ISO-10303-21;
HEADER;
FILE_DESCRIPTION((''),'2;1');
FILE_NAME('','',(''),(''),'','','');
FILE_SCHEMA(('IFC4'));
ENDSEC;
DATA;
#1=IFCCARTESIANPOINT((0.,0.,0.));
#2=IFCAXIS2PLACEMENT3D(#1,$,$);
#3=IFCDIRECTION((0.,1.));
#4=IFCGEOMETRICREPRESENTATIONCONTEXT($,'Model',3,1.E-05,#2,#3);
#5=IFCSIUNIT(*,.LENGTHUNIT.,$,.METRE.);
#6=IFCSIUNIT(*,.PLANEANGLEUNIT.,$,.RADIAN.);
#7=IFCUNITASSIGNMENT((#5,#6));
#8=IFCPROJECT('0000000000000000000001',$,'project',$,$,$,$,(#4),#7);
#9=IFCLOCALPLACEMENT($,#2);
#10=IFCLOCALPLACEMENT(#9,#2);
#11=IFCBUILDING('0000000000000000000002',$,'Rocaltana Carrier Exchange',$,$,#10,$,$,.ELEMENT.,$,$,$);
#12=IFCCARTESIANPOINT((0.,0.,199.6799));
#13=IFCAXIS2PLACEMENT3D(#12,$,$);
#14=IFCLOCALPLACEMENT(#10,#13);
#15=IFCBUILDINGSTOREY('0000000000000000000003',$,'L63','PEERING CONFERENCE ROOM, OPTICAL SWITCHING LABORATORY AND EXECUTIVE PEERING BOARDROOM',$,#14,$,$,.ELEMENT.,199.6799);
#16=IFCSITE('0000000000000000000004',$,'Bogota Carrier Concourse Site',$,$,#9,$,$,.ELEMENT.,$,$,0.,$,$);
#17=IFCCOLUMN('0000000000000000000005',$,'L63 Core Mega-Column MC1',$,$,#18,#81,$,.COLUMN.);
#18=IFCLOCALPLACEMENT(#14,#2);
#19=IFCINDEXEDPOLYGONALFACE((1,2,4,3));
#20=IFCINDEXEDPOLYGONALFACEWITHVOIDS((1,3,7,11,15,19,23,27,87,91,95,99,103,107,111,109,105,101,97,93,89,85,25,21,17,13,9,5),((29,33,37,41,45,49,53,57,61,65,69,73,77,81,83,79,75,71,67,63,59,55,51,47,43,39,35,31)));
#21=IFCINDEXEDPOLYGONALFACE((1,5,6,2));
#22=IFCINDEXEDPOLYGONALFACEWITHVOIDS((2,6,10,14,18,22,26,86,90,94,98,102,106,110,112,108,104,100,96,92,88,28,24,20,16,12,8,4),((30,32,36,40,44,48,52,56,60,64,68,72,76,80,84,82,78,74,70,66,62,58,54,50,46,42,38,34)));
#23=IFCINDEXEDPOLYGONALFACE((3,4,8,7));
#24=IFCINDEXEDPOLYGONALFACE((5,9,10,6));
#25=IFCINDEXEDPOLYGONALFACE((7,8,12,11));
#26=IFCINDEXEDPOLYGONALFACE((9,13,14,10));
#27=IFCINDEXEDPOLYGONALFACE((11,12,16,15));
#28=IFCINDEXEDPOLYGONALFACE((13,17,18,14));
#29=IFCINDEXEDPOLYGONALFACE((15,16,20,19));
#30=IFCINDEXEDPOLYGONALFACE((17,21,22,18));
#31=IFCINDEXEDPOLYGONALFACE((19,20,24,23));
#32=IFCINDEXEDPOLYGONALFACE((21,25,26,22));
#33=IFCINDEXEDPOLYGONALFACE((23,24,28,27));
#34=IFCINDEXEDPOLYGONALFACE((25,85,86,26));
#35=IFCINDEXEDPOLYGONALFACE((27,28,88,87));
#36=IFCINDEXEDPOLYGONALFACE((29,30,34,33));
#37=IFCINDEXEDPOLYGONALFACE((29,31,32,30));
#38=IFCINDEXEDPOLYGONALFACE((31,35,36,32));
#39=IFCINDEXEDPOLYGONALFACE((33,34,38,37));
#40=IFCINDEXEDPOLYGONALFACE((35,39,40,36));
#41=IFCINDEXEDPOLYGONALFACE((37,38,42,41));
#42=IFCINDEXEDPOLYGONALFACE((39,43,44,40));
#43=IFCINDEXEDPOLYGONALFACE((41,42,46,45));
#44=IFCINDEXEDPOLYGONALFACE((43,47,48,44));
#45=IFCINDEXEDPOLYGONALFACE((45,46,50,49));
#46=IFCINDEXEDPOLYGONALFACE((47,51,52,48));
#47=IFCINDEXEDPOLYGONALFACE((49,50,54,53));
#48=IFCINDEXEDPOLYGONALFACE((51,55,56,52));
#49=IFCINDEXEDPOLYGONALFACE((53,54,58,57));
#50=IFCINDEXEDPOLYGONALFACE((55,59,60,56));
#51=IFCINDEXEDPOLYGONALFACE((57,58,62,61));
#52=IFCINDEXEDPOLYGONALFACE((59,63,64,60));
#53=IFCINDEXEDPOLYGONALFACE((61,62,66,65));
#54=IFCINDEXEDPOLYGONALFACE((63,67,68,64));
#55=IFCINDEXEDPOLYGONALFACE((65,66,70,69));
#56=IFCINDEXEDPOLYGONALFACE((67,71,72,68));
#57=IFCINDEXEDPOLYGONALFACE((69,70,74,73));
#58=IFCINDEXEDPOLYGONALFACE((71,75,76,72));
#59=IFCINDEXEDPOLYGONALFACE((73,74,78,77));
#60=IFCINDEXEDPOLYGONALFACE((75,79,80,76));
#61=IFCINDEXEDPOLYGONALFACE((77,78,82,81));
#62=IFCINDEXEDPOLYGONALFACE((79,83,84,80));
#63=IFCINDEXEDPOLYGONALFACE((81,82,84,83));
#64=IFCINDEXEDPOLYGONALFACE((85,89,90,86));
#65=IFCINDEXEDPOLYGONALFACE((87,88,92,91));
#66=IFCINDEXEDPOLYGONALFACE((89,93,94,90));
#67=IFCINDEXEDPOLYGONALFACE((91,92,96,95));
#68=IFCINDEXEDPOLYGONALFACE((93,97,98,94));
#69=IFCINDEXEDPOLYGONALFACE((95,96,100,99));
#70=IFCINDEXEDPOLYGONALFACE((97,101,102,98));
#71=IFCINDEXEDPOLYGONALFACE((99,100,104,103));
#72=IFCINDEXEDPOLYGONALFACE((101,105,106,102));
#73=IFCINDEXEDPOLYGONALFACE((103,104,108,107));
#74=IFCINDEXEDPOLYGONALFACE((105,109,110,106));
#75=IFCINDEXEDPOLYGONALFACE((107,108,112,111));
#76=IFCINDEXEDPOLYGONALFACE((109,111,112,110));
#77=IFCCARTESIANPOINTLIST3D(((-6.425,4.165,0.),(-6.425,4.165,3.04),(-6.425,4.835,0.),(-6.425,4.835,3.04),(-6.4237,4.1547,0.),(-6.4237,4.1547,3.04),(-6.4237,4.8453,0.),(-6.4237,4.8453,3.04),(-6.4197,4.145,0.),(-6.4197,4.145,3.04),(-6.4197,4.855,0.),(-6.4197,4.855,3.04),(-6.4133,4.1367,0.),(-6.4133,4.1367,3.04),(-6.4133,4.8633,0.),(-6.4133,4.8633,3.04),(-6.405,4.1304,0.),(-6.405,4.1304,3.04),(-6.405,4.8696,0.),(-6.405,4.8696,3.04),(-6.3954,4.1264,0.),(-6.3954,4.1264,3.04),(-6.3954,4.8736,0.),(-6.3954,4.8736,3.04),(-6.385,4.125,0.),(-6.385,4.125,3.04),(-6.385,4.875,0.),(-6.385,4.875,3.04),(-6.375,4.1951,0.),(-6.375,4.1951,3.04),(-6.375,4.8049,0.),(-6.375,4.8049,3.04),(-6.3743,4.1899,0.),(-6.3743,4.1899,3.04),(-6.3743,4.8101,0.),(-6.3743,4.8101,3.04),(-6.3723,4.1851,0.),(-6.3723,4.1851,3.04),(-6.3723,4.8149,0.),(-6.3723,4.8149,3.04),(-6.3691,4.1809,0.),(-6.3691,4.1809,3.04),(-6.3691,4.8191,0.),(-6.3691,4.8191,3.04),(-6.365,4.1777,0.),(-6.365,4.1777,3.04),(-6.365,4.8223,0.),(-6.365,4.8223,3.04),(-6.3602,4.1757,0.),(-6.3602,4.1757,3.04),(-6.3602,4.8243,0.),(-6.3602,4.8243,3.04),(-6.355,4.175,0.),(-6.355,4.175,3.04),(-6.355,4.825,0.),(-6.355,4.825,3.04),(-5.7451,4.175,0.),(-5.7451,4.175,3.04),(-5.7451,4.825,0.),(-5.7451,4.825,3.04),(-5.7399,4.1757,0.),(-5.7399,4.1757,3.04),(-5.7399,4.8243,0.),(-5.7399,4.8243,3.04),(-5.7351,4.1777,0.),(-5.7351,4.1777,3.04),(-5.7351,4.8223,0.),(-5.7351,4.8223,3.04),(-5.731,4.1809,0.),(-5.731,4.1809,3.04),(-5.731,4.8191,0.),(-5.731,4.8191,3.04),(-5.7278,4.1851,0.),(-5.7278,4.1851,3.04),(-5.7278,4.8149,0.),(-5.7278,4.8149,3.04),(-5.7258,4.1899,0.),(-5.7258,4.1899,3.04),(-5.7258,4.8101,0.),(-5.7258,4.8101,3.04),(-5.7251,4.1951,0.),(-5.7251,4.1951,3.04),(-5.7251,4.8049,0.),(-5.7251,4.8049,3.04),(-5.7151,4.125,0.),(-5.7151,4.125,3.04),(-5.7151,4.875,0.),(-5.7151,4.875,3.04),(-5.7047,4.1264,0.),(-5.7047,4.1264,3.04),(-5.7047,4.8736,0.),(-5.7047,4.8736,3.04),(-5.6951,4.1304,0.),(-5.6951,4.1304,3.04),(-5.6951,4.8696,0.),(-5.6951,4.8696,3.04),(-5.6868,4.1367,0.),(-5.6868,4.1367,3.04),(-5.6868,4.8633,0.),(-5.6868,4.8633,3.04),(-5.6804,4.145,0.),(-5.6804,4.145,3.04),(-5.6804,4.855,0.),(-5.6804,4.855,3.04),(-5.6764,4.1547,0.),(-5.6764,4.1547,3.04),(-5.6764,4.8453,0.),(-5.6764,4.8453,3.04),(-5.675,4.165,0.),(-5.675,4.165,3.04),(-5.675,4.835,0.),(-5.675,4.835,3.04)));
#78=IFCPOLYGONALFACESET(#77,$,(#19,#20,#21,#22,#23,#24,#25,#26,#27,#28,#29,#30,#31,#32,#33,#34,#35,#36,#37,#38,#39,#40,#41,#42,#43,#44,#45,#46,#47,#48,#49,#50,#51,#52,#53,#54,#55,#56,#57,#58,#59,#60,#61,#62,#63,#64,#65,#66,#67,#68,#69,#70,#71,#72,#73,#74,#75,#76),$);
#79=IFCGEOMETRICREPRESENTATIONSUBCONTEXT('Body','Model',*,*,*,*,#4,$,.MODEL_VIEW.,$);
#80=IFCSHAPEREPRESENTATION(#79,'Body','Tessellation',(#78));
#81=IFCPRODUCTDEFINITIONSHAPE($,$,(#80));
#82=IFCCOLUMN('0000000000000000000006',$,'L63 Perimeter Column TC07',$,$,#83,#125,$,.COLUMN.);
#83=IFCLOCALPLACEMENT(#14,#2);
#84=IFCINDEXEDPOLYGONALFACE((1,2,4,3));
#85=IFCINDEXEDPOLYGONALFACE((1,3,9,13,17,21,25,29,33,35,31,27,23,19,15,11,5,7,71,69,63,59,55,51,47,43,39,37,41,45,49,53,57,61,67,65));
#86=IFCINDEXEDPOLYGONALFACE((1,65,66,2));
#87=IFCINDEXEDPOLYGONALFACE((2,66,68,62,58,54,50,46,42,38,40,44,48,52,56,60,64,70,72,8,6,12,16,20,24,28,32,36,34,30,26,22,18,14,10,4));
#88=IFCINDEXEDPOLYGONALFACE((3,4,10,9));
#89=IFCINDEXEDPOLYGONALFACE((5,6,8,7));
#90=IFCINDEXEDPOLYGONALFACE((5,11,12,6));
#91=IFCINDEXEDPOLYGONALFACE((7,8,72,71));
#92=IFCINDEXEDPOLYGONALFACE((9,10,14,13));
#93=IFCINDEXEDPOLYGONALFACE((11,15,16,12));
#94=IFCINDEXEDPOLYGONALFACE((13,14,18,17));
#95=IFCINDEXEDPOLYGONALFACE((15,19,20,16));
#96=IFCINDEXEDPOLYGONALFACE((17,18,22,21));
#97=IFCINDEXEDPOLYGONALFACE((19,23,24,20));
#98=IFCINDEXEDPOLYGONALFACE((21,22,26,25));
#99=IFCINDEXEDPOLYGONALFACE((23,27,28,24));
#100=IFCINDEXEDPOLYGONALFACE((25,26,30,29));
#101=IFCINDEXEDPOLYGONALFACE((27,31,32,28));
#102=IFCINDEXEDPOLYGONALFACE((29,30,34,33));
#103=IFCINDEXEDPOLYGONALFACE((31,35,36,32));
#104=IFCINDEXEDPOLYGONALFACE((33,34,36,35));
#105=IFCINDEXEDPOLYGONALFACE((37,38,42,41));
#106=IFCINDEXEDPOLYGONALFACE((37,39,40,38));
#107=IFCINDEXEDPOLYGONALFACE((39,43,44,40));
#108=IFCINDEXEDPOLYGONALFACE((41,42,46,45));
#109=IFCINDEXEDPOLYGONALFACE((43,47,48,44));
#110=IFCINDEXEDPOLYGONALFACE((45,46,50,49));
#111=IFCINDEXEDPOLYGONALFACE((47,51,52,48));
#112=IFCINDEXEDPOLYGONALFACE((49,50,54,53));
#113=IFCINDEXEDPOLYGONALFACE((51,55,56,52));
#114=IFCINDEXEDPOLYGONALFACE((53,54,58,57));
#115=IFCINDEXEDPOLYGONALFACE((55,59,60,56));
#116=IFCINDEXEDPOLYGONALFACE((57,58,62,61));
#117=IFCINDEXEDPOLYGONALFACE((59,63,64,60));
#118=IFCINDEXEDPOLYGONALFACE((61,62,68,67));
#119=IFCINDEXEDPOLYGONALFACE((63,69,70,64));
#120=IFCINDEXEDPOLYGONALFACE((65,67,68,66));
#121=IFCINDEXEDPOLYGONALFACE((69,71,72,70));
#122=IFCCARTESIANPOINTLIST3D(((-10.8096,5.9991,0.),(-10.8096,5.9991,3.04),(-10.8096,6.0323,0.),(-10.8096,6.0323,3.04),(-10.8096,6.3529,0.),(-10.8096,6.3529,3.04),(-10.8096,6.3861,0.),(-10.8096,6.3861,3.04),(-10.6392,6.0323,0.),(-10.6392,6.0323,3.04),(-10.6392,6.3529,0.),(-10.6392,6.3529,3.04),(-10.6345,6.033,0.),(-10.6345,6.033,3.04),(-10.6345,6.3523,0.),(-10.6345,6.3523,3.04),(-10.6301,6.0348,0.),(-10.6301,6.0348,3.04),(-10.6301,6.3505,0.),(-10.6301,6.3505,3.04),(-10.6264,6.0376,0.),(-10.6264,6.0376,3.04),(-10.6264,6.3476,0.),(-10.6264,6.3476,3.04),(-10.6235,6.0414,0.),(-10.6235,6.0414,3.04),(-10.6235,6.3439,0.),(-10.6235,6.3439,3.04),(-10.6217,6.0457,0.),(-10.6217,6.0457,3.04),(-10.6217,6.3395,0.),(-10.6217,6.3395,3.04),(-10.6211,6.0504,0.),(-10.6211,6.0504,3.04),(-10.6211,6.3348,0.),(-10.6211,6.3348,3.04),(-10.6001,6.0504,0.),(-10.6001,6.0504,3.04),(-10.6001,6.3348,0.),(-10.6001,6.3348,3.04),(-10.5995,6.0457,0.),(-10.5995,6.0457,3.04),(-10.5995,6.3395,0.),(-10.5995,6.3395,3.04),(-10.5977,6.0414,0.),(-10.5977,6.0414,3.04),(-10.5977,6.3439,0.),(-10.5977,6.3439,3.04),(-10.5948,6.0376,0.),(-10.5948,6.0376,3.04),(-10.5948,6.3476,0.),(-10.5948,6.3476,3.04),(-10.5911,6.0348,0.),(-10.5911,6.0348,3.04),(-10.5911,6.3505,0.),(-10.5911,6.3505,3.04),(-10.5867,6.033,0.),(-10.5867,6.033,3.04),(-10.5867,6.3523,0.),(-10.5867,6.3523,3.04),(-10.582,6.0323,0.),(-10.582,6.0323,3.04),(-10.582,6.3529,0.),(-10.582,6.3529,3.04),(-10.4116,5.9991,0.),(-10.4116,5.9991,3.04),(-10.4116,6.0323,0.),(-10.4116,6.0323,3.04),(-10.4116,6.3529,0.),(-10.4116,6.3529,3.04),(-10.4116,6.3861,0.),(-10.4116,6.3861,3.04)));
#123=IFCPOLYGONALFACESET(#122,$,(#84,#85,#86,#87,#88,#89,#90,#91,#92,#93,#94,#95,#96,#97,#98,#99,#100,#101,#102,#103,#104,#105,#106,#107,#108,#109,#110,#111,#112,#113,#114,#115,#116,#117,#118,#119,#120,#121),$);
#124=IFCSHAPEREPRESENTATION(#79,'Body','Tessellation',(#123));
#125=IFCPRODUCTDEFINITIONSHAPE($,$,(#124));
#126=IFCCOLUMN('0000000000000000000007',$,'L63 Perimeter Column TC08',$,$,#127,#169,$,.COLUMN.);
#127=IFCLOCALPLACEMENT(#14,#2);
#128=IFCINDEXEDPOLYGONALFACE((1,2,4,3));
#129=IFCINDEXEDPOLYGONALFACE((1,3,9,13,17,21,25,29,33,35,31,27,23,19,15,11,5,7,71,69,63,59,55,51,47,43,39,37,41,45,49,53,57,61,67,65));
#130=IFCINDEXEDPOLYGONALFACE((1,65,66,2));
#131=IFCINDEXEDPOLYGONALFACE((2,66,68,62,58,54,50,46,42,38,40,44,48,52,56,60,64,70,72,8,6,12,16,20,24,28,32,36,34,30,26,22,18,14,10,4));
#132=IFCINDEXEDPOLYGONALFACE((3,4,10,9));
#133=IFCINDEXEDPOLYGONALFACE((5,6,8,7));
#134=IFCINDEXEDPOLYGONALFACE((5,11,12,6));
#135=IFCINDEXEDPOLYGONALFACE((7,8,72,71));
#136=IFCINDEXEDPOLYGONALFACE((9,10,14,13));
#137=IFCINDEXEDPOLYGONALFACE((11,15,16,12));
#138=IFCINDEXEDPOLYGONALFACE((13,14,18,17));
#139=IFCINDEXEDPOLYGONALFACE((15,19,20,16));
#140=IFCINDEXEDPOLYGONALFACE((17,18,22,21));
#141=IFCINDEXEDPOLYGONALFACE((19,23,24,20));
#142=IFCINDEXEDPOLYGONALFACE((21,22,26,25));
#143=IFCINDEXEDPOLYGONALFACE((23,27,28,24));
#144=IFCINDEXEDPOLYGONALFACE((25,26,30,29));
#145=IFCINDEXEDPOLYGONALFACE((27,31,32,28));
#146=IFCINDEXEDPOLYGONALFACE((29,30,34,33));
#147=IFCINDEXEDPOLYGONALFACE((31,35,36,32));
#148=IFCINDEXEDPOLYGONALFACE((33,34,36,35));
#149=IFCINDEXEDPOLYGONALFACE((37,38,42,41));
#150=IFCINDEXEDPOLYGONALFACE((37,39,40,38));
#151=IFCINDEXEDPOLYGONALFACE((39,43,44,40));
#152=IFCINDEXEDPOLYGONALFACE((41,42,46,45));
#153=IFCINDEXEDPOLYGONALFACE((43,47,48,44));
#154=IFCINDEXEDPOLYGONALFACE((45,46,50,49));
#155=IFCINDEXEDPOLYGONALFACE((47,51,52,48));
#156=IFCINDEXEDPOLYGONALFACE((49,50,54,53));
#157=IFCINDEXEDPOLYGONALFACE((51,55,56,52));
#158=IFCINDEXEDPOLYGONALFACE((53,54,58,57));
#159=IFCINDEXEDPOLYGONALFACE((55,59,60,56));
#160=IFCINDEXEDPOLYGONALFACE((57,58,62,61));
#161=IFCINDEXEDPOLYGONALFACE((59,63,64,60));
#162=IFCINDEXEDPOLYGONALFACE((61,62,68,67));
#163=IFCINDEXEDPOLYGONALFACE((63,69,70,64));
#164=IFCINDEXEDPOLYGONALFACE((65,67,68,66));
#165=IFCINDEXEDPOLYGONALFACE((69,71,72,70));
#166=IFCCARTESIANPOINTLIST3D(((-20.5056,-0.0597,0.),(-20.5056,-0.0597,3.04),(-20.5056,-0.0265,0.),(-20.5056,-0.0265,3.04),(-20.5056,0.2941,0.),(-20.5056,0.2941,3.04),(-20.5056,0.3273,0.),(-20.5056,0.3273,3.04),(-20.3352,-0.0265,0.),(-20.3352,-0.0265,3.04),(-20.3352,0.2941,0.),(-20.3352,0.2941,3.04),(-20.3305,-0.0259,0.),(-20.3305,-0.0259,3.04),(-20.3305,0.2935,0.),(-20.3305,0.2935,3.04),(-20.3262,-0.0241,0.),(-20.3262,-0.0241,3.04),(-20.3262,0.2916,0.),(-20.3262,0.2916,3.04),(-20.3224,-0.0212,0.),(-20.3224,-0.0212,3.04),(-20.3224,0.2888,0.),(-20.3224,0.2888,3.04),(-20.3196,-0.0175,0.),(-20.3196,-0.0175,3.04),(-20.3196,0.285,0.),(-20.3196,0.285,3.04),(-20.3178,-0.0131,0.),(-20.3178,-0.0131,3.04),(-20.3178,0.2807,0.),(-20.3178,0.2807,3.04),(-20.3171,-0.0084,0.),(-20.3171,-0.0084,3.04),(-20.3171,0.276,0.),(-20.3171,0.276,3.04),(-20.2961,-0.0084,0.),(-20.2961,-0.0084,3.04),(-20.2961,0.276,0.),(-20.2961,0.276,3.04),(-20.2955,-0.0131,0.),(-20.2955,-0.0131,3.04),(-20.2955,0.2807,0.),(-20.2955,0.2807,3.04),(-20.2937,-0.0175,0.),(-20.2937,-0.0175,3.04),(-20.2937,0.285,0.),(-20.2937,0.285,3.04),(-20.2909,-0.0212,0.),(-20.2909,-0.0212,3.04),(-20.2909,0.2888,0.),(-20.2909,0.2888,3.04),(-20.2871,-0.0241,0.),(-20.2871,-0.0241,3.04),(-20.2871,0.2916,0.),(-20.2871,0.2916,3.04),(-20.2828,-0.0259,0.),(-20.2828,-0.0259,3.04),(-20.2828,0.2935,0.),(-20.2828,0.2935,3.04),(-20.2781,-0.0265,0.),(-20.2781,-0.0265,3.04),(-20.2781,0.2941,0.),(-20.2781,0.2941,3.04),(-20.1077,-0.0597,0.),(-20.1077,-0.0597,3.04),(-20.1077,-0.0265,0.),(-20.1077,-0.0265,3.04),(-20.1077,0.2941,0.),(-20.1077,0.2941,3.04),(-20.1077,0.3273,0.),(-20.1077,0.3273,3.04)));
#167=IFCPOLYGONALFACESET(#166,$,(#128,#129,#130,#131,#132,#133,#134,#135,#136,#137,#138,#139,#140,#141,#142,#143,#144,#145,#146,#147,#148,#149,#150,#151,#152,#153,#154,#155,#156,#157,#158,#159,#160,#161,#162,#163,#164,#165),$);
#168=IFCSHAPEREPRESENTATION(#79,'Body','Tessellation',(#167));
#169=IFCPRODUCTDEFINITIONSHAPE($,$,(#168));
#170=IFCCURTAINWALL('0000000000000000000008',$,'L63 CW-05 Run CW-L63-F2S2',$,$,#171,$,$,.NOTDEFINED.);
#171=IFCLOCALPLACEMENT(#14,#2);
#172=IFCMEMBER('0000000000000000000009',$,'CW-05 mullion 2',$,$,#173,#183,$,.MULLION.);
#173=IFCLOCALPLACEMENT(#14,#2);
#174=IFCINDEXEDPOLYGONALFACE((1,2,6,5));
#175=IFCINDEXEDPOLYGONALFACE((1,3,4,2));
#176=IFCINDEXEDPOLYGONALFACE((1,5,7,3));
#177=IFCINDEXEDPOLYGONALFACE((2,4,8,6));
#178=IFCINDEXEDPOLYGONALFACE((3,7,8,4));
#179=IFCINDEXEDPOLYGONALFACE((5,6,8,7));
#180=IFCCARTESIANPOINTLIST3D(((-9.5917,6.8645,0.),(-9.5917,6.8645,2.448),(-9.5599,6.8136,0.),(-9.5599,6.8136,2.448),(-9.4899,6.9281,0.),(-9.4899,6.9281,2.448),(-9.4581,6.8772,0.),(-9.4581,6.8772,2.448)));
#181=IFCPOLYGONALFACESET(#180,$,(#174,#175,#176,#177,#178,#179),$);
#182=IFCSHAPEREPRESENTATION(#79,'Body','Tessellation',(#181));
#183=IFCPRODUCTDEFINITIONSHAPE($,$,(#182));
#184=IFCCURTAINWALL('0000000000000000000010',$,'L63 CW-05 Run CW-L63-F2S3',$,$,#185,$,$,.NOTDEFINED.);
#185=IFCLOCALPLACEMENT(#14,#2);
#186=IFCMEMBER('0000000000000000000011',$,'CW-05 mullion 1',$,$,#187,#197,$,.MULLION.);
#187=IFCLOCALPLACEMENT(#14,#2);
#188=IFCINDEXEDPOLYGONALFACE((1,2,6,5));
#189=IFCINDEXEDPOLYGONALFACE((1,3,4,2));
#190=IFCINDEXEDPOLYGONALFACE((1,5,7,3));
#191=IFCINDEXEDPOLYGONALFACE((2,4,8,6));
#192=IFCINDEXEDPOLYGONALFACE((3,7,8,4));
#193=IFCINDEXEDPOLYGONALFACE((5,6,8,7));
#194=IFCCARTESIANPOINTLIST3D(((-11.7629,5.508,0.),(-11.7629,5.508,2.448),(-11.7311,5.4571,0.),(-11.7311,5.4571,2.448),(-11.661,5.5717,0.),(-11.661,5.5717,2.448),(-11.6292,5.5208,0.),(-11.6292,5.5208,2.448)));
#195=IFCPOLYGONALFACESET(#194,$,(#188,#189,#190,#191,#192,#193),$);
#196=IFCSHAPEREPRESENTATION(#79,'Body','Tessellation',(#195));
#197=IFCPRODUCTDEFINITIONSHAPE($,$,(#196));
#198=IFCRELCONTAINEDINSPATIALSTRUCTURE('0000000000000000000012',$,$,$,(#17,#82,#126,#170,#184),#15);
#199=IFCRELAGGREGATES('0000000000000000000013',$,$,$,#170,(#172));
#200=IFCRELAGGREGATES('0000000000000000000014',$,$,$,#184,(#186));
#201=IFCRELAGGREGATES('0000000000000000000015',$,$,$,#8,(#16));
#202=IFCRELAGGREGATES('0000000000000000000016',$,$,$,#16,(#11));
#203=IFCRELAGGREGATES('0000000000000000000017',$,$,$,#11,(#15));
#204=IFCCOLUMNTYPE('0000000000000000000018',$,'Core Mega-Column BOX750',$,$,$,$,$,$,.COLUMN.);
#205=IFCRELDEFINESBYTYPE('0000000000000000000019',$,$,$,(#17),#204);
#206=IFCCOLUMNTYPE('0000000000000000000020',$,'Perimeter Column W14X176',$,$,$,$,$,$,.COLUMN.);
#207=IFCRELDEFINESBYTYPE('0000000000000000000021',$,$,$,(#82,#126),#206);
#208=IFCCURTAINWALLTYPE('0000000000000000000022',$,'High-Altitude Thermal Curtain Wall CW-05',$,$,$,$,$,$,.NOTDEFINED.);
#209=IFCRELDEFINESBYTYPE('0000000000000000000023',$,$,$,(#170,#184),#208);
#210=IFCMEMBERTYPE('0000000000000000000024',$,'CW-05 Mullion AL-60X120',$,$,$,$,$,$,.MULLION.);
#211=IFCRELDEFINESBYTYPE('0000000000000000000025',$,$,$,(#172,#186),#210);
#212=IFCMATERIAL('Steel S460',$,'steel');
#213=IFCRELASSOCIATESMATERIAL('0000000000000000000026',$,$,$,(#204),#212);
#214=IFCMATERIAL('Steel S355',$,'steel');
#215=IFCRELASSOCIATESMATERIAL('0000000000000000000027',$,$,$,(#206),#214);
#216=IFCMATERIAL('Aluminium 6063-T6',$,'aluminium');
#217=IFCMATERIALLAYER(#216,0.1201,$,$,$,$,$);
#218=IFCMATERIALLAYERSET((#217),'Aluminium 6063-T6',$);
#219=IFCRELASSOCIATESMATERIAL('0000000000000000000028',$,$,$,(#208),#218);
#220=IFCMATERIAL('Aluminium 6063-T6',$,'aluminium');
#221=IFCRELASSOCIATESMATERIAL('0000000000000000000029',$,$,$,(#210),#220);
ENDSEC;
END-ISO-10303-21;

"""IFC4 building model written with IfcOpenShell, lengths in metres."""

from ifc_helpers import new_model, si_unit, direction, frame, origin, origin_2d, place, context, subcontext, project, spatial, rectangle, hollow_rectangle, i_section, extrude, material, layer, layer_set, material_profile, profile_set, type_object, element, aggregate, save


model = new_model("IFC4")

# Units and contexts
model_context = context("Model", 3, precision=1e-05, world=origin(), true_north=direction((0.0, 1.0)))
body_context = subcontext(model_context, "Body", "Model", "MODEL_VIEW")
ifc_project = project(units=[si_unit("LENGTHUNIT", "METRE"), si_unit("PLANEANGLEUNIT", "RADIAN")], contexts=[model_context])

# Site, building, storey
site_placement = place(None, origin())
site = spatial("IfcSite", under=ifc_project, at=site_placement, Name="Bogota Carrier Concourse Site", CompositionType="ELEMENT", RefElevation=0.0)
building_placement = place(site_placement, origin())
building = spatial("IfcBuilding", under=site, at=building_placement, Name="Rocaltana Carrier Exchange", CompositionType="ELEMENT")
storey_placement = place(building_placement, frame((0.0, 0.0, 199.6799)))
storey = spatial("IfcBuildingStorey", under=building, at=storey_placement, Name="L63", Description="PEERING CONFERENCE ROOM, OPTICAL SWITCHING LABORATORY AND EXECUTIVE PEERING BOARDROOM", CompositionType="ELEMENT", Elevation=199.6799)

# Columns
ifc_material_1 = material(Name="Steel S460", Category="steel")
ifc_material_profile_1 = material_profile(ifc_material_1, hollow_rectangle(XDim=0.75, YDim=0.75, WallThickness=0.05, InnerFilletRadius=0.02, OuterFilletRadius=0.04, at=origin_2d()), Name="BOX750X750X50")
ifc_profile_set_1 = profile_set([ifc_material_profile_1], Name="Steel S460")
column_type_1 = type_object("IfcColumnType", Name="Core Mega-Column BOX750", PredefinedType="COLUMN", material=ifc_profile_set_1)
column_placement = place(storey_placement, frame((-6.05, 4.5, 0.0), z_axis=(0.0, 0.0, 1.0), x_axis=(1.0, 0.0, 0.0)))
element("IfcColumn", 1, at=column_placement, inside=storey, type_object=column_type_1, Name="L63 Core Mega-Column MC1", PredefinedType="COLUMN", context=body_context, shape_type="SweptSolid", body=[
    extrude(hollow_rectangle(XDim=0.75, YDim=0.75, WallThickness=0.05, InnerFilletRadius=0.02, OuterFilletRadius=0.04, at=origin_2d()), origin(), (0.0, 0.0, 1.0), 3.04),
])
ifc_material_2 = material(Name="Steel S355", Category="steel")
ifc_material_profile_2 = material_profile(ifc_material_2, i_section(OverallWidth=0.3979, OverallDepth=0.387, WebThickness=0.021, FlangeThickness=0.0332, FilletRadius=0.0181, at=origin_2d()), Name="W14X176")
ifc_profile_set_2 = profile_set([ifc_material_profile_2], Name="Steel S355")
column_type_2 = type_object("IfcColumnType", Name="Perimeter Column W14X176", PredefinedType="COLUMN", material=ifc_profile_set_2)
for number, where, z_axis, x_axis, name in (
    (2, (-10.6106, 6.1926, 0.0), (0.0, 0.0, 1.0), (1.0, 0.0, 0.0), "L63 Perimeter Column TC07"),
    (3, (-20.3066, 0.1338, 0.0), (0.0, 0.0, 1.0), (1.0, 0.0, 0.0), "L63 Perimeter Column TC08"),
):
    element("IfcColumn", number, at=place(storey_placement, frame(where, z_axis=z_axis, x_axis=x_axis)), inside=storey, type_object=column_type_2, Name=name, PredefinedType="COLUMN", context=body_context, shape_type="SweptSolid", body=[
        extrude(i_section(OverallWidth=0.3979, OverallDepth=0.387, WebThickness=0.021, FlangeThickness=0.0332, FilletRadius=0.0181, at=origin_2d()), origin(), (0.0, 0.0, 1.0), 3.04),
    ])

# Curtain wall, member
ifc_material_3 = material(Name="Aluminium 6063-T6", Category="aluminium")
ifc_layer_1 = layer(ifc_material_3, 0.1201)
ifc_layer_set_1 = layer_set([ifc_layer_1], Name="Aluminium 6063-T6")
curtain_wall_type = type_object("IfcCurtainWallType", Name="High-Altitude Thermal Curtain Wall CW-05", PredefinedType="NOTDEFINED", material=ifc_layer_set_1)
curtain_wall_1_placement = place(storey_placement, origin())
curtain_wall_1 = element("IfcCurtainWall", 4, at=curtain_wall_1_placement, inside=storey, type_object=curtain_wall_type, Name="L63 CW-05 Run CW-L63-F2S2", PredefinedType="NOTDEFINED")
ifc_material_4 = material(Name="Aluminium 6063-T6", Category="aluminium")
ifc_material_profile_3 = material_profile(ifc_material_4, rectangle(XDim=0.0601, YDim=0.1201, at=origin_2d()), Name="AL-60X120")
ifc_profile_set_3 = profile_set([ifc_material_profile_3], Name="Aluminium 6063-T6")
member_type_1 = type_object("IfcMemberType", Name="CW-05 Mullion AL-60X120", PredefinedType="MULLION", material=ifc_profile_set_3)
member_1_placement = place(storey_placement, frame((-9.5249, 6.8708, 0.0), z_axis=(0.0, 0.0, 1.0), x_axis=(0.52992, -0.848047, 0.0)))
member_1 = element("IfcMember", 5, at=member_1_placement, type_object=member_type_1, Name="CW-05 mullion 2", PredefinedType="MULLION", context=body_context, shape_type="SweptSolid", body=[
    extrude(rectangle(XDim=0.0601, YDim=0.1201, at=origin_2d()), origin(), (0.0, 0.0, 1.0), 2.448),
])

# Curtain wall, member
curtain_wall_2_placement = place(storey_placement, origin())
curtain_wall_2 = element("IfcCurtainWall", 6, at=curtain_wall_2_placement, inside=storey, type_object=curtain_wall_type, Name="L63 CW-05 Run CW-L63-F2S3", PredefinedType="NOTDEFINED")
member_2_placement = place(storey_placement, frame((-11.696, 5.5144, 0.0), z_axis=(0.0, 0.0, 1.0), x_axis=(0.529915, -0.84805, 0.0)))
member_2 = element("IfcMember", 7, at=member_2_placement, type_object=member_type_1, Name="CW-05 mullion 1", PredefinedType="MULLION", context=body_context, shape_type="SweptSolid", body=[
    extrude(rectangle(XDim=0.0601, YDim=0.1201, at=origin_2d()), origin(), (0.0, 0.0, 1.0), 2.448),
])

aggregate(curtain_wall_1, [member_1])
aggregate(curtain_wall_2, [member_2])

save(model, "model.ifc")
